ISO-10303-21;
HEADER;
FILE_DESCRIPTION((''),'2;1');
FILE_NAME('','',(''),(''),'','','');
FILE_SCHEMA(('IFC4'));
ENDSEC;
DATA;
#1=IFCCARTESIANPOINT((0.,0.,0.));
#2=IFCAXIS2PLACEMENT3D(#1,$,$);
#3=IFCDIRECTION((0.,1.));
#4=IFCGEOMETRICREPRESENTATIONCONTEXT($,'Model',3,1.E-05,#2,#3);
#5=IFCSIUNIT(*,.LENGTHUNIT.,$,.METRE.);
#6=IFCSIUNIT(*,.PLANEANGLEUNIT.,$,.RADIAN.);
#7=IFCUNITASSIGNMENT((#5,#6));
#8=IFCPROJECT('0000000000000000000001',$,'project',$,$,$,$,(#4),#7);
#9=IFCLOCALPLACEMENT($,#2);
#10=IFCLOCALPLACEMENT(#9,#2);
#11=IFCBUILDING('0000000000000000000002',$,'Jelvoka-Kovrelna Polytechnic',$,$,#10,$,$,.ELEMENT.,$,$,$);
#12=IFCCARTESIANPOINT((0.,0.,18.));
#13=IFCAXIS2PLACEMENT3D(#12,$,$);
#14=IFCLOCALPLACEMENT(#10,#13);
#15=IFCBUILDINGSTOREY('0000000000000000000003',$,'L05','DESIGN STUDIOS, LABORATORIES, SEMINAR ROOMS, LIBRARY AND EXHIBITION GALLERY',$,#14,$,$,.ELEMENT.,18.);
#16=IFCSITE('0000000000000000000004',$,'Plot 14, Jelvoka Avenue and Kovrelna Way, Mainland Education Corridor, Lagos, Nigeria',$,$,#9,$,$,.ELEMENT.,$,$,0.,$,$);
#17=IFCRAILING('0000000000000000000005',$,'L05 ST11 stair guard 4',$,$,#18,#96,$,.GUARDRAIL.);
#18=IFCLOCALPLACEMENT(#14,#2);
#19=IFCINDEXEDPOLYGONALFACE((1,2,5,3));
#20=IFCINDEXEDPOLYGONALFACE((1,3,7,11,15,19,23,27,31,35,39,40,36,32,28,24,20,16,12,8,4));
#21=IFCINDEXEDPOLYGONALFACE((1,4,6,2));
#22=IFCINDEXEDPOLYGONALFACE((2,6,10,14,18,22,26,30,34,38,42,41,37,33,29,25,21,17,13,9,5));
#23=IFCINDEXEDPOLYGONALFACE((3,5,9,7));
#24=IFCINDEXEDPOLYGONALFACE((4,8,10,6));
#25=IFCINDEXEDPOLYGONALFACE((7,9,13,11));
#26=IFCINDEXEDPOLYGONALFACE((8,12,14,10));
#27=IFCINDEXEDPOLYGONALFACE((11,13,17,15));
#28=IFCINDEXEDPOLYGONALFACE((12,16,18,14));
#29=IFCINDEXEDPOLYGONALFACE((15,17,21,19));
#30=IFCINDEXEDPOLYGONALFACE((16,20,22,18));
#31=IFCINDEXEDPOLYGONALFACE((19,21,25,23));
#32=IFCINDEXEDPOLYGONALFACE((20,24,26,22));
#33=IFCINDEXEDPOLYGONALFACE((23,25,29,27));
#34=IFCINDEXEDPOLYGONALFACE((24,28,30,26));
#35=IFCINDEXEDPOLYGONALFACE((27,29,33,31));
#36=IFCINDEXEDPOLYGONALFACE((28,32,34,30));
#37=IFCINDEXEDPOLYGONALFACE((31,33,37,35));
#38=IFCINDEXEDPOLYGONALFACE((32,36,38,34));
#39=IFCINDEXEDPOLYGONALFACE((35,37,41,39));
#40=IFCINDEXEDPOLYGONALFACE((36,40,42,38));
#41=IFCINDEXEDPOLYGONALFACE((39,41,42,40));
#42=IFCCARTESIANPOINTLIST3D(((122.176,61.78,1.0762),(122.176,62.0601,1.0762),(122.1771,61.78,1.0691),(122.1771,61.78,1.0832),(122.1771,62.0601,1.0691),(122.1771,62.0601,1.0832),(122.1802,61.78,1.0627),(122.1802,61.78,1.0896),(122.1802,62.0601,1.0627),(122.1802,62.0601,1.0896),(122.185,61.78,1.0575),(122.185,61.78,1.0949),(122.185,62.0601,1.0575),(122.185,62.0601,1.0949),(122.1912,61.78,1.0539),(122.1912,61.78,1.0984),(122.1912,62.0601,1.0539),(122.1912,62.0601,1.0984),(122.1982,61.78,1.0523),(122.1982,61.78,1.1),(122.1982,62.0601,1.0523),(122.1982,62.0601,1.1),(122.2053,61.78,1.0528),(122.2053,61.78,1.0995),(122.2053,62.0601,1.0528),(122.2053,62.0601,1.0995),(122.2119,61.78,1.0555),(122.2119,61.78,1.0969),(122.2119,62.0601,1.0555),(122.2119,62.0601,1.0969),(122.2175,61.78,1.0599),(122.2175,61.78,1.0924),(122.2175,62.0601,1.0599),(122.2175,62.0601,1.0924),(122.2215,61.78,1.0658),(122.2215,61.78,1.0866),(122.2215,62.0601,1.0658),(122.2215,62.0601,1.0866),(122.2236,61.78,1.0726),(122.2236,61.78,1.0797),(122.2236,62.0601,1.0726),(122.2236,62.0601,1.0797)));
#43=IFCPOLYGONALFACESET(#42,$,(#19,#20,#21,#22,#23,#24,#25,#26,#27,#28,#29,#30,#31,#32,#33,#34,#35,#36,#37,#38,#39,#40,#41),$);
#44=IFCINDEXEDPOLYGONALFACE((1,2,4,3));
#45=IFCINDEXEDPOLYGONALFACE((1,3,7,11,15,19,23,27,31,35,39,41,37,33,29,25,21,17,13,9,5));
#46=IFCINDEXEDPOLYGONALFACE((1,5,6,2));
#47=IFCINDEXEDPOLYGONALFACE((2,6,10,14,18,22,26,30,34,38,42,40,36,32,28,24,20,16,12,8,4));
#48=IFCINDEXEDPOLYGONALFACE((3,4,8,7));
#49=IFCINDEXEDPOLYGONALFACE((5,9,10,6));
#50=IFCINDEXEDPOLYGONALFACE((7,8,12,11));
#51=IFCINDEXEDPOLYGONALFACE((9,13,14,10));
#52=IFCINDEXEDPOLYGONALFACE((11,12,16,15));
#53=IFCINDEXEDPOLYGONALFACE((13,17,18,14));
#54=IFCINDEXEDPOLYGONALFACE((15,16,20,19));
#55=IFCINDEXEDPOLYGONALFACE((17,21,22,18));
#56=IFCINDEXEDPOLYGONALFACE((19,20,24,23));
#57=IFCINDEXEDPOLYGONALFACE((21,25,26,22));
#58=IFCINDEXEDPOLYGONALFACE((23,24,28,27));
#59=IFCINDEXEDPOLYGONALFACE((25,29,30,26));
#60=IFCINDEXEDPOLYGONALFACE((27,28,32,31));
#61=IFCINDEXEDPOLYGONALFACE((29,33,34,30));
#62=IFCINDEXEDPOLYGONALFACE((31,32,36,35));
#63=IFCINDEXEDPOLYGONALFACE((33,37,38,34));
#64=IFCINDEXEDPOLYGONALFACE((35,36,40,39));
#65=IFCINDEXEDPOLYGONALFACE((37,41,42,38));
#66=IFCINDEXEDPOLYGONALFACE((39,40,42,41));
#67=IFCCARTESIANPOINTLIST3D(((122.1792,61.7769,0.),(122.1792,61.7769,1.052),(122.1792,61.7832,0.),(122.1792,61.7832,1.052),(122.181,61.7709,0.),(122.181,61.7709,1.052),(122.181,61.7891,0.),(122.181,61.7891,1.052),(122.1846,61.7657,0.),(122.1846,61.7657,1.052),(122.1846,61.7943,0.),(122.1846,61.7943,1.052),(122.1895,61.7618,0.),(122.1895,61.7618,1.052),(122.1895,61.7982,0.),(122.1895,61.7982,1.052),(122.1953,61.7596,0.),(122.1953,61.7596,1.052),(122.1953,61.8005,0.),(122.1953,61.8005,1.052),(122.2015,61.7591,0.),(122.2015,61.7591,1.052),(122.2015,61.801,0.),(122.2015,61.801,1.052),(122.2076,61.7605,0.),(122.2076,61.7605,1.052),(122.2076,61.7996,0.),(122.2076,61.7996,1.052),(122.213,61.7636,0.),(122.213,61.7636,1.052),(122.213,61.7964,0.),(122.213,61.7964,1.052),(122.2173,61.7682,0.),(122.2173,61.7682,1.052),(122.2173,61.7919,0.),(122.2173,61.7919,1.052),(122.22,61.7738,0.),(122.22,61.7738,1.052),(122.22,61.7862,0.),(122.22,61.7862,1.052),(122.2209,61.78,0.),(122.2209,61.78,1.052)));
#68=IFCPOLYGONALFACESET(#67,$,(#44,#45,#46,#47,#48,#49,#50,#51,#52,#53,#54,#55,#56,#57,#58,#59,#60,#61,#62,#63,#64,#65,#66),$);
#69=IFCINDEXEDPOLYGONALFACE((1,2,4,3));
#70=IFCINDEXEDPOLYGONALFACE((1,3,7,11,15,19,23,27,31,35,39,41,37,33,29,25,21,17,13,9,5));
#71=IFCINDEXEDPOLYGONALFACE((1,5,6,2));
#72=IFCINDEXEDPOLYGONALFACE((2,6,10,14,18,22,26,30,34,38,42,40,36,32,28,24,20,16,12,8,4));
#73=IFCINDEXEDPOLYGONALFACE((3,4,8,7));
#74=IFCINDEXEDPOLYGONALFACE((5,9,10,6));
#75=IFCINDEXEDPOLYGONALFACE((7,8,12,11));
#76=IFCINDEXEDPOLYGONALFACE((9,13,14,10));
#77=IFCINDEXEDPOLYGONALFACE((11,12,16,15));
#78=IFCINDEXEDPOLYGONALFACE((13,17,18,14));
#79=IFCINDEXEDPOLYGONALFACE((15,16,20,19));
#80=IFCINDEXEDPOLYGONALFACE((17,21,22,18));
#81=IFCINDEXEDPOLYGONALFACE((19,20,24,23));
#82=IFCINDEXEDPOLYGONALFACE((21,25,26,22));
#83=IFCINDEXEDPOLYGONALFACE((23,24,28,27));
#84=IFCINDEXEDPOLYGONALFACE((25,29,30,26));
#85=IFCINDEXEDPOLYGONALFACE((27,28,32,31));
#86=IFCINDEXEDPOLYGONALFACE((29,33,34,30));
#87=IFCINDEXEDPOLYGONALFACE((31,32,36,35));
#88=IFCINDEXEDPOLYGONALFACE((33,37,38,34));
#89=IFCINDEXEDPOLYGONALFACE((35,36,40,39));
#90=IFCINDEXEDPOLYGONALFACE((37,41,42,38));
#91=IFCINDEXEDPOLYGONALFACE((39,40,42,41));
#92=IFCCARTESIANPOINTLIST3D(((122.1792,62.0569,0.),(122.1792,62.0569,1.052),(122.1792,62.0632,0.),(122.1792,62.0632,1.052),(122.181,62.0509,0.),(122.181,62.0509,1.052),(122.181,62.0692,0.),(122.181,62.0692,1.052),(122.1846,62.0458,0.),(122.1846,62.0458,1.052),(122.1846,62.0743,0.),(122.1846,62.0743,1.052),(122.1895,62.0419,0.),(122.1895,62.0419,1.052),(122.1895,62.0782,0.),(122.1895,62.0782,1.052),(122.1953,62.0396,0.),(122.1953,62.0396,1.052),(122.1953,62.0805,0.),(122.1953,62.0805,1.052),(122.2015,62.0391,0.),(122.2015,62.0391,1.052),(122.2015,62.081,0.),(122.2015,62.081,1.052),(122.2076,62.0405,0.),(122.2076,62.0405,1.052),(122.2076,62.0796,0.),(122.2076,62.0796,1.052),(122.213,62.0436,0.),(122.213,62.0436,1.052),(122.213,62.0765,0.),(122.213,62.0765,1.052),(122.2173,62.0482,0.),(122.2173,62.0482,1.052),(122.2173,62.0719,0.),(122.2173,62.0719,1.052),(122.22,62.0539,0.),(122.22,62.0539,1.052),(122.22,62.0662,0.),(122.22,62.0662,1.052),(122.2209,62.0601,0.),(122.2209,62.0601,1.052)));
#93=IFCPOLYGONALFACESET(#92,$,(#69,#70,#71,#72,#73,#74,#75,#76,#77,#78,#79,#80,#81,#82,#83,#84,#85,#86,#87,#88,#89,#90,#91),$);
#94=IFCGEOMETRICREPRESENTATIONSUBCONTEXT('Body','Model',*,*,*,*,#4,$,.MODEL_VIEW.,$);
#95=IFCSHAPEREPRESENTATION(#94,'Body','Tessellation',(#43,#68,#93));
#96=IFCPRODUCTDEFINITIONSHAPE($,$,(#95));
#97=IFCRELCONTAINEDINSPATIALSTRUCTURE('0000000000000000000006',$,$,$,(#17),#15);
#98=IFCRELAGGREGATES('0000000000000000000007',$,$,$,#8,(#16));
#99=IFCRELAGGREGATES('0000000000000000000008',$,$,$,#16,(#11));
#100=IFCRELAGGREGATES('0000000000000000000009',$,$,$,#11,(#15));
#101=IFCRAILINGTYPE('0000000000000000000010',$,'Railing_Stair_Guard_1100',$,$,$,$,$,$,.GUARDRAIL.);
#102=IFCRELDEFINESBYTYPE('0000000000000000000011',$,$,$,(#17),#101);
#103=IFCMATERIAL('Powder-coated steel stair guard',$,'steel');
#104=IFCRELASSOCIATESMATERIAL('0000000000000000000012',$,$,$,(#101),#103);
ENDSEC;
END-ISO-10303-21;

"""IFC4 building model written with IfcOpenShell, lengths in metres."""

from ifc_helpers import new_model, si_unit, direction, frame, origin, origin_2d, place, context, subcontext, project, spatial, circle, extrude, material, type_object, element, save


model = new_model("IFC4")

# Units and contexts
model_context = context("Model", 3, precision=1e-05, world=origin(), true_north=direction((0.0, 1.0)))
body_context = subcontext(model_context, "Body", "Model", "MODEL_VIEW")
ifc_project = project(units=[si_unit("LENGTHUNIT", "METRE"), si_unit("PLANEANGLEUNIT", "RADIAN")], contexts=[model_context])

# Site, building, storey
site_placement = place(None, origin())
site = spatial("IfcSite", under=ifc_project, at=site_placement, Name="Plot 14, Jelvoka Avenue and Kovrelna Way, Mainland Education Corridor, Lagos, Nigeria", CompositionType="ELEMENT", RefElevation=0.0)
building_placement = place(site_placement, origin())
building = spatial("IfcBuilding", under=site, at=building_placement, Name="Jelvoka-Kovrelna Polytechnic", CompositionType="ELEMENT")
storey_placement = place(building_placement, frame((0.0, 0.0, 18.0)))
storey = spatial("IfcBuildingStorey", under=building, at=storey_placement, Name="L05", Description="DESIGN STUDIOS, LABORATORIES, SEMINAR ROOMS, LIBRARY AND EXHIBITION GALLERY", CompositionType="ELEMENT", Elevation=18.0)

# Railing
ifc_material_1 = material(Name="Powder-coated steel stair guard", Category="steel")
railing_type = type_object("IfcRailingType", Name="Railing_Stair_Guard_1100", PredefinedType="GUARDRAIL", material=ifc_material_1)
railing_placement = place(storey_placement, frame((122.2, 61.78, 0.0)))
element("IfcRailing", 1, at=railing_placement, inside=storey, type_object=railing_type, Name="L05 ST11 stair guard 4", PredefinedType="GUARDRAIL", context=body_context, shape_type="SweptSolid", body=[
    extrude(circle(Radius=0.0239, at=origin_2d()), frame((0.0, 0.0, 1.0762), z_axis=(0.0, 1.0, 0.0), x_axis=(-1.0, 0.0, 0.0)), (0.0, 0.0, 1.0), 0.28),
    extrude(circle(Radius=0.021, at=origin_2d()), origin(), (0.0, 0.0, 1.0), 1.052),
    extrude(circle(Radius=0.021, at=origin_2d()), frame((0.0, 0.28, 0.0)), (0.0, 0.0, 1.0), 1.052),
])

save(model, "model.ifc")
